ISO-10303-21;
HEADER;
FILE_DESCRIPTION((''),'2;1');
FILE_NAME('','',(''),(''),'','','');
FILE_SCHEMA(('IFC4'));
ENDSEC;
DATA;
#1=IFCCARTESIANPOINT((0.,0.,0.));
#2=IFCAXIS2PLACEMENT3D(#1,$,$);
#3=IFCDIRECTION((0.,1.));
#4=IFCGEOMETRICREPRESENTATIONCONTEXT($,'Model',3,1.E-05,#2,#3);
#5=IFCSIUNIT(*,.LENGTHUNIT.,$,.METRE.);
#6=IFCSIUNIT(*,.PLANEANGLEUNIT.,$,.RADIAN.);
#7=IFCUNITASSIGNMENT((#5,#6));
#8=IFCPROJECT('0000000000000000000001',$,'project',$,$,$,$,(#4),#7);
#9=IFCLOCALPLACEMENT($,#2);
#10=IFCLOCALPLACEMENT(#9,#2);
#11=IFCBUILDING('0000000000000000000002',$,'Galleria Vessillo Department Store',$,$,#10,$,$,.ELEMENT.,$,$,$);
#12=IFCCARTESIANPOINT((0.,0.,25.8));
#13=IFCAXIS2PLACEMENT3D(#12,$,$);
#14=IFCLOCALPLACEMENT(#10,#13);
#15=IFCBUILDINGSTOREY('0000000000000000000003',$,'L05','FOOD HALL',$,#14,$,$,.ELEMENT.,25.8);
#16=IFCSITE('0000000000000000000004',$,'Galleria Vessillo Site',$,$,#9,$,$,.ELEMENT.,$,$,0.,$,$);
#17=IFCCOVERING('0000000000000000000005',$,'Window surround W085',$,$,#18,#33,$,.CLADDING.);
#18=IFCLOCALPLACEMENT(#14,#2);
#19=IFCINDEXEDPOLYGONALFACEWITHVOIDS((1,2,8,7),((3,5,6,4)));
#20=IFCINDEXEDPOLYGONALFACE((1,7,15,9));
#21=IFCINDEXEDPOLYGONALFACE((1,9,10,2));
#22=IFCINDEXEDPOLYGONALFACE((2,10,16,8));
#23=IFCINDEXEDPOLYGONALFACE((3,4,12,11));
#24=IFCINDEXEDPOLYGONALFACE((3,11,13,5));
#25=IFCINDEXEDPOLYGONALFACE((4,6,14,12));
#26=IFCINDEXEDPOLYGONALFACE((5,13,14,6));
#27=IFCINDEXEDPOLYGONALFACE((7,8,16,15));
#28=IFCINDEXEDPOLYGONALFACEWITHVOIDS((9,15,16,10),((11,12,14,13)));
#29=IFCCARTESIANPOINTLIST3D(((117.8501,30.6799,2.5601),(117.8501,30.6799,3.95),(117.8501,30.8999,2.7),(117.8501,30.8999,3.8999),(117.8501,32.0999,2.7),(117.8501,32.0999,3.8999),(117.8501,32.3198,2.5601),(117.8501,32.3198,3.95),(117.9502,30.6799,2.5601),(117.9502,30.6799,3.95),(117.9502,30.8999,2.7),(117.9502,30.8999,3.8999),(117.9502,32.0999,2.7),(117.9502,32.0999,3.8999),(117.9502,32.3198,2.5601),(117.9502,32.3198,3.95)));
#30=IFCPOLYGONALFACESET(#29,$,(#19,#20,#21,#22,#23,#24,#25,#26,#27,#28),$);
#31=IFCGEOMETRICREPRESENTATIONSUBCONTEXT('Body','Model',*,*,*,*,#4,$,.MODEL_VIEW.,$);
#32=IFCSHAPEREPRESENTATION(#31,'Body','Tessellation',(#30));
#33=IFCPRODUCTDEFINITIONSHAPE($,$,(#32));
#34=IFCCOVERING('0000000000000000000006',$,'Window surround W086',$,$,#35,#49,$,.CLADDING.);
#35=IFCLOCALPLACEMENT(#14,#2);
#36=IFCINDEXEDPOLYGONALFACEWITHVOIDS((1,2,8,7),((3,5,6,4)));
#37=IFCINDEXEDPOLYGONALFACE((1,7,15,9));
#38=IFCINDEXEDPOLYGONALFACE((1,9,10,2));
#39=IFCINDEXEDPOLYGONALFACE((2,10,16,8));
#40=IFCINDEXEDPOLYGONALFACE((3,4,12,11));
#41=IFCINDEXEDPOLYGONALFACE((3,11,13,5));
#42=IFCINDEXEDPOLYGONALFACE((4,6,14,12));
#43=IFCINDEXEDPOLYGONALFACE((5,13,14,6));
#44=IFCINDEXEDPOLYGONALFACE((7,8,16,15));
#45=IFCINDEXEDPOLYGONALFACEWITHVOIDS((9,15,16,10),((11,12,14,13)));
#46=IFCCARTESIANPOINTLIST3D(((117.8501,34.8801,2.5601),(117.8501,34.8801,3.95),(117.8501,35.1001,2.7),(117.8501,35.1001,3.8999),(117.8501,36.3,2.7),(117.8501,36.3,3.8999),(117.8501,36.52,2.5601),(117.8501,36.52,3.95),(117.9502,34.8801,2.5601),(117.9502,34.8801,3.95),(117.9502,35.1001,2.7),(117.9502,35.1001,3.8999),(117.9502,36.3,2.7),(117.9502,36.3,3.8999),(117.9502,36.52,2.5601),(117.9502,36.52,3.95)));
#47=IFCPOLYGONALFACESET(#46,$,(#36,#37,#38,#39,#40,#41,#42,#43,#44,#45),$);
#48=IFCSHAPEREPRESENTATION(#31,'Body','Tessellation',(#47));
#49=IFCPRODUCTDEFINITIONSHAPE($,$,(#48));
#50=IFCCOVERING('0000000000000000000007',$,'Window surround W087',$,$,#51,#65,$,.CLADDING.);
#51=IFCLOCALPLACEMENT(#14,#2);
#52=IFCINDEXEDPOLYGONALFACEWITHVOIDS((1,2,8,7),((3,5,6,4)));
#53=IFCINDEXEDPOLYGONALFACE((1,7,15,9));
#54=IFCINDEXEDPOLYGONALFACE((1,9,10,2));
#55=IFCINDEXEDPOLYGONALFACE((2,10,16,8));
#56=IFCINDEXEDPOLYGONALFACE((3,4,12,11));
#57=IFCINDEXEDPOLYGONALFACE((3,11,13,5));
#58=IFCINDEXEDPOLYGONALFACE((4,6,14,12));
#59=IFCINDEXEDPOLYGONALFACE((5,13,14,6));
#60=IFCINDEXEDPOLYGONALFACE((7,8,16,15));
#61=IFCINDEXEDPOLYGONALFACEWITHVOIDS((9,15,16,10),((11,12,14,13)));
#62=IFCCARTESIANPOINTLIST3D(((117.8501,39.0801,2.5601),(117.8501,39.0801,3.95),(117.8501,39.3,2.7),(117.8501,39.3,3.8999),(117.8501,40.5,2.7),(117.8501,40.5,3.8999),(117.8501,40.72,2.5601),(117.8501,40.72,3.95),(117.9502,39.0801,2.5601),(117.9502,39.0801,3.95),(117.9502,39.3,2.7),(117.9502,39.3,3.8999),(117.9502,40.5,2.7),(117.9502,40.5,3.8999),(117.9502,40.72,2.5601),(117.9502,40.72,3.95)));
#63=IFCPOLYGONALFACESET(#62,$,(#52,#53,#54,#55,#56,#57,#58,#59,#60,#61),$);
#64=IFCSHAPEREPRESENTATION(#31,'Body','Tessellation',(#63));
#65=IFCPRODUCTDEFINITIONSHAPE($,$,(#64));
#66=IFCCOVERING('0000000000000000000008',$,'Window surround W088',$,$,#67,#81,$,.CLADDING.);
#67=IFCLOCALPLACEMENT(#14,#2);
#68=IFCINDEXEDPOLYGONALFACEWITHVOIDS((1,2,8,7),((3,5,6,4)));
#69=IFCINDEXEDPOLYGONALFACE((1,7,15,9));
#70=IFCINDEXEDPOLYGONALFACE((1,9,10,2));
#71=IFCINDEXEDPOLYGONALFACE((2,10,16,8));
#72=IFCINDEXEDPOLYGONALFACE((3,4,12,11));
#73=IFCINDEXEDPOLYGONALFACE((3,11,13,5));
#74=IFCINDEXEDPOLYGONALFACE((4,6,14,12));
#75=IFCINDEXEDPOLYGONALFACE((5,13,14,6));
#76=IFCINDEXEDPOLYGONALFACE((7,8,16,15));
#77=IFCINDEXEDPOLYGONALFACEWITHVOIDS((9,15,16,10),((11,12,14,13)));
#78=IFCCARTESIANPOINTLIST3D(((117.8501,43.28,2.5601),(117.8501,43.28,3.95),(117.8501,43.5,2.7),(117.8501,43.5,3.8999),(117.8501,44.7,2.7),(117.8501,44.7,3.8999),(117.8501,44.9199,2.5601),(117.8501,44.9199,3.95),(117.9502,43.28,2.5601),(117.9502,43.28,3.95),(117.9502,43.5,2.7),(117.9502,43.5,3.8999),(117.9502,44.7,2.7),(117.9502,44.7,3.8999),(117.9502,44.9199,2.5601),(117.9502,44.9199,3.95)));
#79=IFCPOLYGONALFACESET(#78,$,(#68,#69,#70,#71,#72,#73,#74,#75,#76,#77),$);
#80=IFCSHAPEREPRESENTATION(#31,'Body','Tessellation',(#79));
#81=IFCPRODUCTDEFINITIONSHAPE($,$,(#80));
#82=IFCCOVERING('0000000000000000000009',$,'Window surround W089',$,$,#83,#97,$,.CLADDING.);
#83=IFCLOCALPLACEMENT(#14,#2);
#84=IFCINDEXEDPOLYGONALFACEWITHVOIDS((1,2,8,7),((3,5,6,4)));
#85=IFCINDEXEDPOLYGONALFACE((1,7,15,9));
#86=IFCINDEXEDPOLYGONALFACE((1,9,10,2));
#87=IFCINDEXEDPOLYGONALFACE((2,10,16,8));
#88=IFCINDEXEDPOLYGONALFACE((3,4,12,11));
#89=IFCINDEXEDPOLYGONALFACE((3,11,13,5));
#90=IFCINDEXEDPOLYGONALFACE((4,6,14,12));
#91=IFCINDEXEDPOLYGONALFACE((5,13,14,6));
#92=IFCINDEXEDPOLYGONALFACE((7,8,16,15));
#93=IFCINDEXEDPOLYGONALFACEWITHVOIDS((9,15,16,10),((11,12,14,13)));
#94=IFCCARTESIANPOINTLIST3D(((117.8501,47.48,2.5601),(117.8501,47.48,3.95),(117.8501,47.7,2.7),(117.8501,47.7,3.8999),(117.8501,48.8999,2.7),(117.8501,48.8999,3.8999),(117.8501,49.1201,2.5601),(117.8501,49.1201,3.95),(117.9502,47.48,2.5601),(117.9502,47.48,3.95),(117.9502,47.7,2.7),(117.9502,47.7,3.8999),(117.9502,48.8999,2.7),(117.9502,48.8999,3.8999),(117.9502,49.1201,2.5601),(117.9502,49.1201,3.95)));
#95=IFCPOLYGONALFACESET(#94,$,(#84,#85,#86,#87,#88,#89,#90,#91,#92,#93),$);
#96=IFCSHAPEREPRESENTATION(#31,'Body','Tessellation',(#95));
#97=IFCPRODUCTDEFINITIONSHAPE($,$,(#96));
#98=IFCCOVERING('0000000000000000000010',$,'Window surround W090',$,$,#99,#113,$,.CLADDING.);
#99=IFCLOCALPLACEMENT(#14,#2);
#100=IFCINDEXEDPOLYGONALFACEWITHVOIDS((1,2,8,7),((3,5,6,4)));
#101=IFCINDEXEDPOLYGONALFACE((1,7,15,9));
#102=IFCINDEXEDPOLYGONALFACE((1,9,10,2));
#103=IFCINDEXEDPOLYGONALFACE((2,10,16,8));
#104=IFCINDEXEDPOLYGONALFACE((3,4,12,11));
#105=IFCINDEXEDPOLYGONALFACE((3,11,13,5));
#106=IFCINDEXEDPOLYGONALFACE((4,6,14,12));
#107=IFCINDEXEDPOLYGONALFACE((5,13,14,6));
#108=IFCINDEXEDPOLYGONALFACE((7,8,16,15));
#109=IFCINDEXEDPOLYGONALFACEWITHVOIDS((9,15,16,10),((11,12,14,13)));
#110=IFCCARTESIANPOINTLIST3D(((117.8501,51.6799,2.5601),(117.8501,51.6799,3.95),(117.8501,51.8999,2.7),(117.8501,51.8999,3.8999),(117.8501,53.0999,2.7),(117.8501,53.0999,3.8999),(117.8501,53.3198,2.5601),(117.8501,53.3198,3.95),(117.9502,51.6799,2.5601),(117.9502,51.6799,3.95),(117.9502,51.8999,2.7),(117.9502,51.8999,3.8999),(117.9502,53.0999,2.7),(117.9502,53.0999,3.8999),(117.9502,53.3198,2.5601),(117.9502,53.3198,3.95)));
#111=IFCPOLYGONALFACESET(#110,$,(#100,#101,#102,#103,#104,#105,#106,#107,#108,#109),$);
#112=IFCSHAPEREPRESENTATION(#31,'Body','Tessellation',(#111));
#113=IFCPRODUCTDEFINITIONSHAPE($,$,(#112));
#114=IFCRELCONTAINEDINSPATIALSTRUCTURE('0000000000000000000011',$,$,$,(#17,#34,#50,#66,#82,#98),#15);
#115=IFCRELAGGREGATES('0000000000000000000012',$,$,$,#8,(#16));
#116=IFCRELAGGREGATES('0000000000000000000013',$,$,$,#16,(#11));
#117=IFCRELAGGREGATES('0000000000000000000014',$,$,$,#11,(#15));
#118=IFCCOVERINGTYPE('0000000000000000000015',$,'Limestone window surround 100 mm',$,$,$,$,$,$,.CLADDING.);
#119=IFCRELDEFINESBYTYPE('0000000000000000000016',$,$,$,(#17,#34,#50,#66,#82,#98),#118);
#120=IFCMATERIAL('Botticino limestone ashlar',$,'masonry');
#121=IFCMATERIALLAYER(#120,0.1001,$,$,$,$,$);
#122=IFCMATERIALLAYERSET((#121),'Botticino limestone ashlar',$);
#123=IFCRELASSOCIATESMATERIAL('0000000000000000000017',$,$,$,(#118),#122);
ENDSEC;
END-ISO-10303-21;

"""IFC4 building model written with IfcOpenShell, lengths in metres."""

from ifc_helpers import new_model, si_unit, direction, frame, origin, place, context, subcontext, project, spatial, polyline, outline, extrude, material, layer, layer_set, type_object, element, save


model = new_model("IFC4")

# Units and contexts
model_context = context("Model", 3, precision=1e-05, world=origin(), true_north=direction((0.0, 1.0)))
body_context = subcontext(model_context, "Body", "Model", "MODEL_VIEW")
ifc_project = project(units=[si_unit("LENGTHUNIT", "METRE"), si_unit("PLANEANGLEUNIT", "RADIAN")], contexts=[model_context])

# Site, building, storey
site_placement = place(None, origin())
site = spatial("IfcSite", under=ifc_project, at=site_placement, Name="Galleria Vessillo Site", CompositionType="ELEMENT", RefElevation=0.0)
building_placement = place(site_placement, origin())
building = spatial("IfcBuilding", under=site, at=building_placement, Name="Galleria Vessillo Department Store", CompositionType="ELEMENT")
storey_placement = place(building_placement, frame((0.0, 0.0, 25.8)))
storey = spatial("IfcBuildingStorey", under=building, at=storey_placement, Name="L05", Description="FOOD HALL", CompositionType="ELEMENT", Elevation=25.8)

# Coverings
ifc_material_1 = material(Name="Botticino limestone ashlar", Category="masonry")
ifc_layer_1 = layer(ifc_material_1, 0.1001)
ifc_layer_set_1 = layer_set([ifc_layer_1], Name="Botticino limestone ashlar")
covering_type_1 = type_object("IfcCoveringType", Name="Limestone window surround 100 mm", PredefinedType="CLADDING", material=ifc_layer_set_1)
covering_1_placement = place(storey_placement, frame((117.8501, 0.0, 2.7), z_axis=(1.0, 0.0, 0.0), x_axis=(0.0, 1.0, 0.0)))
element("IfcCovering", 1, at=covering_1_placement, inside=storey, type_object=covering_type_1, Name="Window surround W085", PredefinedType="CLADDING", context=body_context, shape_type="SweptSolid", body=[
    extrude(outline(polyline([(30.6799, -0.1399), (32.3198, -0.1399), (32.3198, 1.25), (30.6799, 1.25), (30.6799, -0.1399)]), holes=[polyline([(30.8999, 0.0), (32.0999, 0.0), (32.0999, 1.2), (30.8999, 1.2), (30.8999, 0.0)])]), origin(), (0.0, 0.0, 1.0), 0.1001),
])
covering_2_placement = place(storey_placement, frame((117.8501, 0.0, 2.7), z_axis=(1.0, 0.0, 0.0), x_axis=(0.0, 1.0, 0.0)))
element("IfcCovering", 2, at=covering_2_placement, inside=storey, type_object=covering_type_1, Name="Window surround W086", PredefinedType="CLADDING", context=body_context, shape_type="SweptSolid", body=[
    extrude(outline(polyline([(34.8801, -0.1399), (36.52, -0.1399), (36.52, 1.25), (34.8801, 1.25), (34.8801, -0.1399)]), holes=[polyline([(35.1001, 0.0), (36.3, 0.0), (36.3, 1.2), (35.1001, 1.2), (35.1001, 0.0)])]), origin(), (0.0, 0.0, 1.0), 0.1001),
])
covering_3_placement = place(storey_placement, frame((117.8501, 0.0, 2.7), z_axis=(1.0, 0.0, 0.0), x_axis=(0.0, 1.0, 0.0)))
element("IfcCovering", 3, at=covering_3_placement, inside=storey, type_object=covering_type_1, Name="Window surround W087", PredefinedType="CLADDING", context=body_context, shape_type="SweptSolid", body=[
    extrude(outline(polyline([(39.0801, -0.1399), (40.72, -0.1399), (40.72, 1.25), (39.0801, 1.25), (39.0801, -0.1399)]), holes=[polyline([(39.3, 0.0), (40.5, 0.0), (40.5, 1.2), (39.3, 1.2), (39.3, 0.0)])]), origin(), (0.0, 0.0, 1.0), 0.1001),
])
covering_4_placement = place(storey_placement, frame((117.8501, 0.0, 2.7), z_axis=(1.0, 0.0, 0.0), x_axis=(0.0, 1.0, 0.0)))
element("IfcCovering", 4, at=covering_4_placement, inside=storey, type_object=covering_type_1, Name="Window surround W088", PredefinedType="CLADDING", context=body_context, shape_type="SweptSolid", body=[
    extrude(outline(polyline([(43.28, -0.1399), (44.9199, -0.1399), (44.9199, 1.25), (43.28, 1.25), (43.28, -0.1399)]), holes=[polyline([(43.5, 0.0), (44.7, 0.0), (44.7, 1.2), (43.5, 1.2), (43.5, 0.0)])]), origin(), (0.0, 0.0, 1.0), 0.1001),
])
covering_5_placement = place(storey_placement, frame((117.8501, 0.0, 2.7), z_axis=(1.0, 0.0, 0.0), x_axis=(0.0, 1.0, 0.0)))
element("IfcCovering", 5, at=covering_5_placement, inside=storey, type_object=covering_type_1, Name="Window surround W089", PredefinedType="CLADDING", context=body_context, shape_type="SweptSolid", body=[
    extrude(outline(polyline([(47.48, -0.1399), (49.1201, -0.1399), (49.1201, 1.25), (47.48, 1.25), (47.48, -0.1399)]), holes=[polyline([(47.7, 0.0), (48.8999, 0.0), (48.8999, 1.2), (47.7, 1.2), (47.7, 0.0)])]), origin(), (0.0, 0.0, 1.0), 0.1001),
])
covering_6_placement = place(storey_placement, frame((117.8501, 0.0, 2.7), z_axis=(1.0, 0.0, 0.0), x_axis=(0.0, 1.0, 0.0)))
element("IfcCovering", 6, at=covering_6_placement, inside=storey, type_object=covering_type_1, Name="Window surround W090", PredefinedType="CLADDING", context=body_context, shape_type="SweptSolid", body=[
    extrude(outline(polyline([(51.6799, -0.1399), (53.3198, -0.1399), (53.3198, 1.25), (51.6799, 1.25), (51.6799, -0.1399)]), holes=[polyline([(51.8999, 0.0), (53.0999, 0.0), (53.0999, 1.2), (51.8999, 1.2), (51.8999, 0.0)])]), origin(), (0.0, 0.0, 1.0), 0.1001),
])

save(model, "model.ifc")
